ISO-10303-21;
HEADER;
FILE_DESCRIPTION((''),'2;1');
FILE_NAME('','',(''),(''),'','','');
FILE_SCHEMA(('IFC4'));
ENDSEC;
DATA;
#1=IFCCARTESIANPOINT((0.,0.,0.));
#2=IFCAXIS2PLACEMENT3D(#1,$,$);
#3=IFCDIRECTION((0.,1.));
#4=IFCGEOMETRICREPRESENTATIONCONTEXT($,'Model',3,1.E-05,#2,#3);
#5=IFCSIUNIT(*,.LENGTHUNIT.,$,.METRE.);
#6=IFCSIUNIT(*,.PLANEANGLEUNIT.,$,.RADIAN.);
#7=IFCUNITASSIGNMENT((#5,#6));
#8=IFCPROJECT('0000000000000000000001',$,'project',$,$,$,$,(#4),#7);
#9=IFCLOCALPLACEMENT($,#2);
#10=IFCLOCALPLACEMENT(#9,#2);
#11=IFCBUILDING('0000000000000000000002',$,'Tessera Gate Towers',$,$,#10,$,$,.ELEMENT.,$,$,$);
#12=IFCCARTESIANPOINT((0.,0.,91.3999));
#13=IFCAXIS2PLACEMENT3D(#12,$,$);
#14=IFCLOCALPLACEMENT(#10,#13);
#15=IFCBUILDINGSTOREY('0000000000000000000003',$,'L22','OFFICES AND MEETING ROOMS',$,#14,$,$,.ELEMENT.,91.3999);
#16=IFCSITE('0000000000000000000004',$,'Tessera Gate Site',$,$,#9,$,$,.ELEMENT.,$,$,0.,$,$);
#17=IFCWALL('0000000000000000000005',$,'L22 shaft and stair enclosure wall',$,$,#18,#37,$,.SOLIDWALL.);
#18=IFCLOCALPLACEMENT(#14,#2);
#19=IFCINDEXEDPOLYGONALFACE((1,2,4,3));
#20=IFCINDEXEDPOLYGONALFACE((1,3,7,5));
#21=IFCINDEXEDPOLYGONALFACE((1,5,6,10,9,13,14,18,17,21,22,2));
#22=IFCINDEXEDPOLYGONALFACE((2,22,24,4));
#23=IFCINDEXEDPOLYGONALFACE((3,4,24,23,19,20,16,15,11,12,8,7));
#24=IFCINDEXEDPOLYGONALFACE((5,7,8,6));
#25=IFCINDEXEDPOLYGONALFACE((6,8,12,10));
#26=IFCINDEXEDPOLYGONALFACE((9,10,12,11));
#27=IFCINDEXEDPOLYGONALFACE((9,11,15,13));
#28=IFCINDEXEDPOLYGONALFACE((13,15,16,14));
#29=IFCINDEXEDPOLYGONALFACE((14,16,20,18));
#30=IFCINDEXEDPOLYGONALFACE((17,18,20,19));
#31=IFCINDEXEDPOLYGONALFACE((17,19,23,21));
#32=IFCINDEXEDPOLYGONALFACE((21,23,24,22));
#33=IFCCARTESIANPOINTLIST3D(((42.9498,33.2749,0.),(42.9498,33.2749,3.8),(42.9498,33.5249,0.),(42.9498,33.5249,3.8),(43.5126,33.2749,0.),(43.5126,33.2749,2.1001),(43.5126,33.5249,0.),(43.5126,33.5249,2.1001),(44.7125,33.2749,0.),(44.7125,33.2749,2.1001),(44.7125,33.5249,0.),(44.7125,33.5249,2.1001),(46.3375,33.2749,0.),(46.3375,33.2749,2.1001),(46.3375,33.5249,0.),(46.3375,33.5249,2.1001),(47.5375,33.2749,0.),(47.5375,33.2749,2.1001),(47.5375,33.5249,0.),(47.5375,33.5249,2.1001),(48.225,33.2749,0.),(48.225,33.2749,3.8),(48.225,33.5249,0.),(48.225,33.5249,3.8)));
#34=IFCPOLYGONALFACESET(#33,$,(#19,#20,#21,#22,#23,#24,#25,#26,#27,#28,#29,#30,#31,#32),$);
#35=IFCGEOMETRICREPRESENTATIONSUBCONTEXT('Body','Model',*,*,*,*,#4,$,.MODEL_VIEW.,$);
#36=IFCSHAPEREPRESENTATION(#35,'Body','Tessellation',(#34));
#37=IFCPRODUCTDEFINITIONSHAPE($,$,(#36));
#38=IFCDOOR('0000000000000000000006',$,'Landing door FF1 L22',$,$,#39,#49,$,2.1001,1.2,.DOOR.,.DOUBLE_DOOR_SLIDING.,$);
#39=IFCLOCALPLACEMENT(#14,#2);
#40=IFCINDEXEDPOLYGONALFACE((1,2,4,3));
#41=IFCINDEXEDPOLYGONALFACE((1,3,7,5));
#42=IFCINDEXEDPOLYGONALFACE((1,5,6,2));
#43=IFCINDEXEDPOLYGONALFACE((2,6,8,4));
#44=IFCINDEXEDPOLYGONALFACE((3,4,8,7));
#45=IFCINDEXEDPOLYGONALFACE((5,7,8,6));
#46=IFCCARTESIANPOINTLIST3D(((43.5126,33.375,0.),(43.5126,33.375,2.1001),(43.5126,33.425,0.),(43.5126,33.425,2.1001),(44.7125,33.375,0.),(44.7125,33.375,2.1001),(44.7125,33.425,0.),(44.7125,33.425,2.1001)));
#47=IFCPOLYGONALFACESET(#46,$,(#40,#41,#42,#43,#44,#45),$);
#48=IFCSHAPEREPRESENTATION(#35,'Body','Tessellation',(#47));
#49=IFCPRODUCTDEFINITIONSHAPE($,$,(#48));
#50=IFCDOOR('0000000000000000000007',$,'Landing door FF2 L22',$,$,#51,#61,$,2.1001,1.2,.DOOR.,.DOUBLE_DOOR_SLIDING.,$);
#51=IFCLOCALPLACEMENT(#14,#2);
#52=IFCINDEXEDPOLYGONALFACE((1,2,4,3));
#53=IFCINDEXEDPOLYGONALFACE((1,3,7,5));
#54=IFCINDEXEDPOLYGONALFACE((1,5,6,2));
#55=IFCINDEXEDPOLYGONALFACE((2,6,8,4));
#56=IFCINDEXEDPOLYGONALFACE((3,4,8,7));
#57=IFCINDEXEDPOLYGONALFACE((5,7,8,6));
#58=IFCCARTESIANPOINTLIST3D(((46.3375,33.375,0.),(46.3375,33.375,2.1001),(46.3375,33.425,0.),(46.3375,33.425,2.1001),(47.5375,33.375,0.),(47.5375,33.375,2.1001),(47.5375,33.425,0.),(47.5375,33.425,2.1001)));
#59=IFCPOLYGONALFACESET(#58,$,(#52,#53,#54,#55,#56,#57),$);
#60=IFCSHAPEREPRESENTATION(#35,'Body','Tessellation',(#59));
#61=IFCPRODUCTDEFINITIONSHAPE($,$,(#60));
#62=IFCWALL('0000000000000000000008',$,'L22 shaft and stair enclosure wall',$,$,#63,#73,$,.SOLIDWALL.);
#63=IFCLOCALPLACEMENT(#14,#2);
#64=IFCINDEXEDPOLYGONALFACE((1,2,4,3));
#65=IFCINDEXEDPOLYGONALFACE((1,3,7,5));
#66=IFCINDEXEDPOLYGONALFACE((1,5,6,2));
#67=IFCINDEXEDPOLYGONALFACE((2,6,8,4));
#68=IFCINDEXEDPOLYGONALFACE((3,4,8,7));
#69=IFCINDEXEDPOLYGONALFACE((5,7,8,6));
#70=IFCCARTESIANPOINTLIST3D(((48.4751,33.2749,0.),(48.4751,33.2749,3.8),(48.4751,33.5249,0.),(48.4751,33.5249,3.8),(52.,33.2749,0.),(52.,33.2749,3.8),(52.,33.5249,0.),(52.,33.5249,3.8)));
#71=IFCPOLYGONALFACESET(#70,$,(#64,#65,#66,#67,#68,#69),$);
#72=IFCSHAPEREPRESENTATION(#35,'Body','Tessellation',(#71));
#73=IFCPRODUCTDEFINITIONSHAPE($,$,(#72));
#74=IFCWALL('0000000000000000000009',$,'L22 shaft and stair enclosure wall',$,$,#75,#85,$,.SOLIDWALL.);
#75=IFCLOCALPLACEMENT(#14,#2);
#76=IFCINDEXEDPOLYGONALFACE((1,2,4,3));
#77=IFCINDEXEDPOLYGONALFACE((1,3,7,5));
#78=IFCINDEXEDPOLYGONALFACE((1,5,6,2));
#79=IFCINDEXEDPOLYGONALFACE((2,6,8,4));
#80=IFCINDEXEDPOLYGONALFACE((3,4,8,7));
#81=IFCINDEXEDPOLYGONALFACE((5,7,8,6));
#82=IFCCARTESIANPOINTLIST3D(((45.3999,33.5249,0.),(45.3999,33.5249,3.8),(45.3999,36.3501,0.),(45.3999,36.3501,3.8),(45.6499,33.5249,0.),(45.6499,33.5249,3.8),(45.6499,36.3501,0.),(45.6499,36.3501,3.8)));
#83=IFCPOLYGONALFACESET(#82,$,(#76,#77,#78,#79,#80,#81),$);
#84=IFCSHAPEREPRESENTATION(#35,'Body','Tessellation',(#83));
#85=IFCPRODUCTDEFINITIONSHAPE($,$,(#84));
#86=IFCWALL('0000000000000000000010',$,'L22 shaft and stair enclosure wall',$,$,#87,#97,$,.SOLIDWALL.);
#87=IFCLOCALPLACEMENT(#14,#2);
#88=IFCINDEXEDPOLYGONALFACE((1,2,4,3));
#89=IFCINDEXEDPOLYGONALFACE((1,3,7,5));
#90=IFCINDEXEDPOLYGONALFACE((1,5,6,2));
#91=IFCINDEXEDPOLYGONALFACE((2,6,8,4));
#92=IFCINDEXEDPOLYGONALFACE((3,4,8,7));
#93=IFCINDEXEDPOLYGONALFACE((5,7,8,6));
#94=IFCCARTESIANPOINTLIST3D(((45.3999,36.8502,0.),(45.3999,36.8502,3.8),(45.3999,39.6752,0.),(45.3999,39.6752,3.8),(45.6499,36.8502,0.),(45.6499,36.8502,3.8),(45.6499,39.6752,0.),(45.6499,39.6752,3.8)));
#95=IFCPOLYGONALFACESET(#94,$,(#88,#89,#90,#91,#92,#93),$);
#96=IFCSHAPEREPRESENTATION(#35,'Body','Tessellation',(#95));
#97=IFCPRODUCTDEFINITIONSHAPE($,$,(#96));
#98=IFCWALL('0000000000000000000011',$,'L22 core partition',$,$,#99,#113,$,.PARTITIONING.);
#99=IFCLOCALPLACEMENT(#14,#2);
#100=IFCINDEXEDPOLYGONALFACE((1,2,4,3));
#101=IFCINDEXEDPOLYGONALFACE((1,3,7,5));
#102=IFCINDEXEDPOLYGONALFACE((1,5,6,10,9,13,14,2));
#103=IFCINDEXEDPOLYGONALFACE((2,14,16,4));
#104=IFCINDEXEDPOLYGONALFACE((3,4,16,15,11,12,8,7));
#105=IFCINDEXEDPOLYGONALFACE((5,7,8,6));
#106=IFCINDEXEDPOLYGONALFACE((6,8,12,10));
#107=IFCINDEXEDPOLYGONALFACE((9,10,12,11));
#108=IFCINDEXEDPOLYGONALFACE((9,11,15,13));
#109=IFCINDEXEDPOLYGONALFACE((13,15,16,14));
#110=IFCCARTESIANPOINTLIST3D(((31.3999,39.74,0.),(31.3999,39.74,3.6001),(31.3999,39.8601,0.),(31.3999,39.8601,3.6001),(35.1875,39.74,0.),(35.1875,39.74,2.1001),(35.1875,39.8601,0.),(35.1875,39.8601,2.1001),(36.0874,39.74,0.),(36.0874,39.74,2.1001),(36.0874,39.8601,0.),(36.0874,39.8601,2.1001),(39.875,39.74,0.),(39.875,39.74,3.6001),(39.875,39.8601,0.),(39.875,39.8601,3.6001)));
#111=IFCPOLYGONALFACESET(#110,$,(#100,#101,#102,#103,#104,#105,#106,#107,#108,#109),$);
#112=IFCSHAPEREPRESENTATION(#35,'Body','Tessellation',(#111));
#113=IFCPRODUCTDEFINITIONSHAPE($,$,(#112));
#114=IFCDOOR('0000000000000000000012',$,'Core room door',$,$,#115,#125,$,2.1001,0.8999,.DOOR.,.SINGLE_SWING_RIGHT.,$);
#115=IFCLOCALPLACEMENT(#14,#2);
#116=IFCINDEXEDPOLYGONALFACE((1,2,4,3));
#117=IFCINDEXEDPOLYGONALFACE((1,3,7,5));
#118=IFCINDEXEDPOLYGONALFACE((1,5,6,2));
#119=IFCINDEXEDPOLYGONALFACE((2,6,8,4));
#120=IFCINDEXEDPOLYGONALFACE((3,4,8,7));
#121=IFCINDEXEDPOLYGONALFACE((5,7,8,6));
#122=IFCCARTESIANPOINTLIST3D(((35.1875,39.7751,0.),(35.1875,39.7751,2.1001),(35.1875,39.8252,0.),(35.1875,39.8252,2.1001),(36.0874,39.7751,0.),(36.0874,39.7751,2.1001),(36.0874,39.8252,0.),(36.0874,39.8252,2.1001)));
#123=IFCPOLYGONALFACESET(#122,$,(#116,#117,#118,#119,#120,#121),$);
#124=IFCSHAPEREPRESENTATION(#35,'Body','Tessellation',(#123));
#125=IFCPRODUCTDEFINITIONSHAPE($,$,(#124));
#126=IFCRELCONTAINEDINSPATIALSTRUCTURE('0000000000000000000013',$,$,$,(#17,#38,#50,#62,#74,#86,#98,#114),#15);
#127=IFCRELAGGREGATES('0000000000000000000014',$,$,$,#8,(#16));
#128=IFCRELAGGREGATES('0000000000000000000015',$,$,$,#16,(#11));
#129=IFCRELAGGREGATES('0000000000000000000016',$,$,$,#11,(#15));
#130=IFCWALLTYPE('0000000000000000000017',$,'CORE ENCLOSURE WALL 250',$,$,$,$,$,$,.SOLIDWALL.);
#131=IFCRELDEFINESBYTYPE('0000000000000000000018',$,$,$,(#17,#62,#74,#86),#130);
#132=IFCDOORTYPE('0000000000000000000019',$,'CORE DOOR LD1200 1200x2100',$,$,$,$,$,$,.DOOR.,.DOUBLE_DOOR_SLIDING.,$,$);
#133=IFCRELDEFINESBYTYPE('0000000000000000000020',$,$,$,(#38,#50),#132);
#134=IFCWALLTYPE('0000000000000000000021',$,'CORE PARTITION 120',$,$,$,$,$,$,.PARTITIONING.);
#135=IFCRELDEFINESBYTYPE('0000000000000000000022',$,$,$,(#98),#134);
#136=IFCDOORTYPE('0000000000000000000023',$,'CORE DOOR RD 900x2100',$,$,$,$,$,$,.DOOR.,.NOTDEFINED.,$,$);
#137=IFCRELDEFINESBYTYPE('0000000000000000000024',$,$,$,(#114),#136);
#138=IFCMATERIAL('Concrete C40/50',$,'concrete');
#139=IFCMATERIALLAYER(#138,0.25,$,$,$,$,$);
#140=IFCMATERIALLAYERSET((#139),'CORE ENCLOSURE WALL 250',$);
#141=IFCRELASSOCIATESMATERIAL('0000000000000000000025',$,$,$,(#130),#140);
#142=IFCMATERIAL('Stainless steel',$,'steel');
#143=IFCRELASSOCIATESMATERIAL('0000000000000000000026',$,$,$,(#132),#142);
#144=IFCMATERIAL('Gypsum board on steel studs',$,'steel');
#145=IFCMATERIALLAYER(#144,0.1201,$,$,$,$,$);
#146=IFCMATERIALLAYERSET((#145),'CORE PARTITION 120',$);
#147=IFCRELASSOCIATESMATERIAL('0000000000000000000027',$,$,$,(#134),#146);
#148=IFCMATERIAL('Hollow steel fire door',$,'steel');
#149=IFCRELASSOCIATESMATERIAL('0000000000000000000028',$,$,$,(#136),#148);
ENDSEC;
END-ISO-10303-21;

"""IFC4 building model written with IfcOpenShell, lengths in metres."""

from ifc_helpers import new_model, si_unit, direction, frame, frame_2d, origin, place, context, subcontext, project, spatial, rectangle, extrude, source, transform, mapped, material, layer, layer_set, type_object, element, fill, save


model = new_model("IFC4")

# Units and contexts
model_context = context("Model", 3, precision=1e-05, world=origin(), true_north=direction((0.0, 1.0)))
body_context = subcontext(model_context, "Body", "Model", "MODEL_VIEW")
ifc_project = project(units=[si_unit("LENGTHUNIT", "METRE"), si_unit("PLANEANGLEUNIT", "RADIAN")], contexts=[model_context])

# Site, building, storey
site_placement = place(None, origin())
site = spatial("IfcSite", under=ifc_project, at=site_placement, Name="Tessera Gate Site", CompositionType="ELEMENT", RefElevation=0.0)
building_placement = place(site_placement, origin())
building = spatial("IfcBuilding", under=site, at=building_placement, Name="Tessera Gate Towers", CompositionType="ELEMENT")
storey_placement = place(building_placement, frame((0.0, 0.0, 91.3999)))
storey = spatial("IfcBuildingStorey", under=building, at=storey_placement, Name="L22", Description="OFFICES AND MEETING ROOMS", CompositionType="ELEMENT", Elevation=91.3999)

# Shared definitions
ifc_material_1 = material(Name="Concrete C40/50", Category="concrete")
ifc_layer_1 = layer(ifc_material_1, 0.25)
ifc_layer_set_1 = layer_set([ifc_layer_1], Name="CORE ENCLOSURE WALL 250")
wall_type_1 = type_object("IfcWallType", Name="CORE ENCLOSURE WALL 250", PredefinedType="SOLIDWALL", material=ifc_layer_set_1)
shared_shape_1 = source(origin(), body_context, "Body", "SweptSolid", [
    extrude(rectangle(XDim=1.2, YDim=2.1001, at=frame_2d((0.6001, 1.05))), frame((0.0, 0.135, 0.0), z_axis=(0.0, -1.0, 0.0), x_axis=(1.0, 0.0, 0.0)), (0.0, 0.0, 1.0), 0.27),
])
shared_shape_2 = source(origin(), body_context, "Body", "SweptSolid", [
    extrude(rectangle(XDim=1.2, YDim=2.1001, at=frame_2d((0.6001, 1.05))), frame((0.0, 0.0249, 0.0), z_axis=(0.0, -1.0, 0.0), x_axis=(1.0, 0.0, 0.0)), (0.0, 0.0, 1.0), 0.05),
])

# Wall, openings, doors
wall_1_placement = place(storey_placement, frame((48.2251, 33.3999, 0.0), z_axis=(0.0, 0.0, 1.0), x_axis=(-1.0, 0.0, 0.0)))
wall_1 = element("IfcWall", 1, at=wall_1_placement, inside=storey, type_object=wall_type_1, Name="L22 shaft and stair enclosure wall", PredefinedType="SOLIDWALL", context=body_context, shape_type="SweptSolid", body=[
    extrude(rectangle(XDim=5.2751, YDim=0.25, at=frame_2d((2.6377, 0.0))), origin(), (0.0, 0.0, 1.0), 3.8),
])
opening_1_placement = place(wall_1_placement, frame((3.5125, 0.0, 0.0)))
opening_1 = element("IfcOpeningElement", 2, at=opening_1_placement, cuts=wall_1, PredefinedType="OPENING", context=body_context, shape_type="MappedRepresentation", body=[
    mapped(shared_shape_1, transform((0.0, 0.0, 0.0), scale=1.0)),
])
opening_2_placement = place(wall_1_placement, frame((0.6875, 0.0, 0.0)))
opening_2 = element("IfcOpeningElement", 3, at=opening_2_placement, cuts=wall_1, PredefinedType="OPENING", context=body_context, shape_type="MappedRepresentation", body=[
    mapped(shared_shape_1, transform((0.0, 0.0, 0.0), scale=1.0)),
])
ifc_material_2 = material(Name="Stainless steel", Category="steel")
door_type_1 = type_object("IfcDoorType", Name="CORE DOOR LD1200 1200x2100", OperationType="DOUBLE_DOOR_SLIDING", PredefinedType="DOOR", material=ifc_material_2)
door_1_placement = place(opening_1_placement, origin())
door_1 = element("IfcDoor", 4, at=door_1_placement, inside=storey, type_object=door_type_1, Name="Landing door FF1 L22", OperationType="DOUBLE_DOOR_SLIDING", OverallHeight=2.1001, OverallWidth=1.2, PredefinedType="DOOR", context=body_context, shape_type="MappedRepresentation", body=[
    mapped(shared_shape_2, transform((0.0, 0.0, 0.0), scale=1.0)),
])
fill(opening_1, door_1)
door_2_placement = place(opening_2_placement, origin())
door_2 = element("IfcDoor", 5, at=door_2_placement, inside=storey, type_object=door_type_1, Name="Landing door FF2 L22", OperationType="DOUBLE_DOOR_SLIDING", OverallHeight=2.1001, OverallWidth=1.2, PredefinedType="DOOR", context=body_context, shape_type="MappedRepresentation", body=[
    mapped(shared_shape_2, transform((0.0, 0.0, 0.0), scale=1.0)),
])
fill(opening_2, door_2)

# Walls
wall_2_placement = place(storey_placement, frame((48.4751, 33.3999, 0.0), z_axis=(0.0, 0.0, 1.0), x_axis=(1.0, 0.0, 0.0)))
element("IfcWall", 6, at=wall_2_placement, inside=storey, type_object=wall_type_1, Name="L22 shaft and stair enclosure wall", PredefinedType="SOLIDWALL", context=body_context, shape_type="SweptSolid", body=[
    extrude(rectangle(XDim=3.5249, YDim=0.25, at=frame_2d((1.7625, 0.0))), origin(), (0.0, 0.0, 1.0), 3.8),
])
wall_3_placement = place(storey_placement, frame((45.5249, 33.5249, 0.0), z_axis=(0.0, 0.0, 1.0), x_axis=(0.0, 1.0, 0.0)))
element("IfcWall", 7, at=wall_3_placement, inside=storey, type_object=wall_type_1, Name="L22 shaft and stair enclosure wall", PredefinedType="SOLIDWALL", context=body_context, shape_type="SweptSolid", body=[
    extrude(rectangle(XDim=2.8252, YDim=0.25, at=frame_2d((1.4126, 0.0))), origin(), (0.0, 0.0, 1.0), 3.8),
])
wall_4_placement = place(storey_placement, frame((45.5249, 36.8501, 0.0), z_axis=(0.0, 0.0, 1.0), x_axis=(0.0, 1.0, 0.0)))
element("IfcWall", 8, at=wall_4_placement, inside=storey, type_object=wall_type_1, Name="L22 shaft and stair enclosure wall", PredefinedType="SOLIDWALL", context=body_context, shape_type="SweptSolid", body=[
    extrude(rectangle(XDim=2.825, YDim=0.25, at=frame_2d((1.4126, 0.0))), origin(), (0.0, 0.0, 1.0), 3.8),
])

# Wall, opening, door
ifc_material_3 = material(Name="Gypsum board on steel studs", Category="steel")
ifc_layer_2 = layer(ifc_material_3, 0.1201)
ifc_layer_set_2 = layer_set([ifc_layer_2], Name="CORE PARTITION 120")
wall_type_2 = type_object("IfcWallType", Name="CORE PARTITION 120", PredefinedType="PARTITIONING", material=ifc_layer_set_2)
wall_5_placement = place(storey_placement, frame((39.875, 39.8, 0.0), z_axis=(0.0, 0.0, 1.0), x_axis=(-1.0, 0.0, 0.0)))
wall_5 = element("IfcWall", 9, at=wall_5_placement, inside=storey, type_object=wall_type_2, Name="L22 core partition", PredefinedType="PARTITIONING", context=body_context, shape_type="SweptSolid", body=[
    extrude(rectangle(XDim=8.4751, YDim=0.1201, at=frame_2d((4.2375, 0.0))), origin(), (0.0, 0.0, 1.0), 3.6001),
])
shared_shape_3 = source(origin(), body_context, "Body", "SweptSolid", [
    extrude(rectangle(XDim=0.8999, YDim=2.1001, at=frame_2d((0.45, 1.05))), frame((0.0, 0.0701, 0.0), z_axis=(0.0, -1.0, 0.0), x_axis=(1.0, 0.0, 0.0)), (0.0, 0.0, 1.0), 0.1401),
])
opening_3_placement = place(wall_5_placement, frame((3.7876, 0.0, 0.0)))
opening_3 = element("IfcOpeningElement", 10, at=opening_3_placement, cuts=wall_5, PredefinedType="OPENING", context=body_context, shape_type="MappedRepresentation", body=[
    mapped(shared_shape_3, transform((0.0, 0.0, 0.0), scale=1.0)),
])
ifc_material_4 = material(Name="Hollow steel fire door", Category="steel")
door_type_2 = type_object("IfcDoorType", Name="CORE DOOR RD 900x2100", OperationType="NOTDEFINED", PredefinedType="DOOR", material=ifc_material_4)
shared_shape_4 = source(origin(), body_context, "Body", "SweptSolid", [
    extrude(rectangle(XDim=0.8999, YDim=2.1001, at=frame_2d((0.45, 1.05))), frame((0.0, 0.0249, 0.0), z_axis=(0.0, -1.0, 0.0), x_axis=(1.0, 0.0, 0.0)), (0.0, 0.0, 1.0), 0.05),
])
door_3_placement = place(opening_3_placement, origin())
door_3 = element("IfcDoor", 11, at=door_3_placement, inside=storey, type_object=door_type_2, Name="Core room door", OperationType="SINGLE_SWING_RIGHT", OverallHeight=2.1001, OverallWidth=0.8999, PredefinedType="DOOR", context=body_context, shape_type="MappedRepresentation", body=[
    mapped(shared_shape_4, transform((0.0, 0.0, 0.0), scale=1.0)),
])
fill(opening_3, door_3)

save(model, "model.ifc")
